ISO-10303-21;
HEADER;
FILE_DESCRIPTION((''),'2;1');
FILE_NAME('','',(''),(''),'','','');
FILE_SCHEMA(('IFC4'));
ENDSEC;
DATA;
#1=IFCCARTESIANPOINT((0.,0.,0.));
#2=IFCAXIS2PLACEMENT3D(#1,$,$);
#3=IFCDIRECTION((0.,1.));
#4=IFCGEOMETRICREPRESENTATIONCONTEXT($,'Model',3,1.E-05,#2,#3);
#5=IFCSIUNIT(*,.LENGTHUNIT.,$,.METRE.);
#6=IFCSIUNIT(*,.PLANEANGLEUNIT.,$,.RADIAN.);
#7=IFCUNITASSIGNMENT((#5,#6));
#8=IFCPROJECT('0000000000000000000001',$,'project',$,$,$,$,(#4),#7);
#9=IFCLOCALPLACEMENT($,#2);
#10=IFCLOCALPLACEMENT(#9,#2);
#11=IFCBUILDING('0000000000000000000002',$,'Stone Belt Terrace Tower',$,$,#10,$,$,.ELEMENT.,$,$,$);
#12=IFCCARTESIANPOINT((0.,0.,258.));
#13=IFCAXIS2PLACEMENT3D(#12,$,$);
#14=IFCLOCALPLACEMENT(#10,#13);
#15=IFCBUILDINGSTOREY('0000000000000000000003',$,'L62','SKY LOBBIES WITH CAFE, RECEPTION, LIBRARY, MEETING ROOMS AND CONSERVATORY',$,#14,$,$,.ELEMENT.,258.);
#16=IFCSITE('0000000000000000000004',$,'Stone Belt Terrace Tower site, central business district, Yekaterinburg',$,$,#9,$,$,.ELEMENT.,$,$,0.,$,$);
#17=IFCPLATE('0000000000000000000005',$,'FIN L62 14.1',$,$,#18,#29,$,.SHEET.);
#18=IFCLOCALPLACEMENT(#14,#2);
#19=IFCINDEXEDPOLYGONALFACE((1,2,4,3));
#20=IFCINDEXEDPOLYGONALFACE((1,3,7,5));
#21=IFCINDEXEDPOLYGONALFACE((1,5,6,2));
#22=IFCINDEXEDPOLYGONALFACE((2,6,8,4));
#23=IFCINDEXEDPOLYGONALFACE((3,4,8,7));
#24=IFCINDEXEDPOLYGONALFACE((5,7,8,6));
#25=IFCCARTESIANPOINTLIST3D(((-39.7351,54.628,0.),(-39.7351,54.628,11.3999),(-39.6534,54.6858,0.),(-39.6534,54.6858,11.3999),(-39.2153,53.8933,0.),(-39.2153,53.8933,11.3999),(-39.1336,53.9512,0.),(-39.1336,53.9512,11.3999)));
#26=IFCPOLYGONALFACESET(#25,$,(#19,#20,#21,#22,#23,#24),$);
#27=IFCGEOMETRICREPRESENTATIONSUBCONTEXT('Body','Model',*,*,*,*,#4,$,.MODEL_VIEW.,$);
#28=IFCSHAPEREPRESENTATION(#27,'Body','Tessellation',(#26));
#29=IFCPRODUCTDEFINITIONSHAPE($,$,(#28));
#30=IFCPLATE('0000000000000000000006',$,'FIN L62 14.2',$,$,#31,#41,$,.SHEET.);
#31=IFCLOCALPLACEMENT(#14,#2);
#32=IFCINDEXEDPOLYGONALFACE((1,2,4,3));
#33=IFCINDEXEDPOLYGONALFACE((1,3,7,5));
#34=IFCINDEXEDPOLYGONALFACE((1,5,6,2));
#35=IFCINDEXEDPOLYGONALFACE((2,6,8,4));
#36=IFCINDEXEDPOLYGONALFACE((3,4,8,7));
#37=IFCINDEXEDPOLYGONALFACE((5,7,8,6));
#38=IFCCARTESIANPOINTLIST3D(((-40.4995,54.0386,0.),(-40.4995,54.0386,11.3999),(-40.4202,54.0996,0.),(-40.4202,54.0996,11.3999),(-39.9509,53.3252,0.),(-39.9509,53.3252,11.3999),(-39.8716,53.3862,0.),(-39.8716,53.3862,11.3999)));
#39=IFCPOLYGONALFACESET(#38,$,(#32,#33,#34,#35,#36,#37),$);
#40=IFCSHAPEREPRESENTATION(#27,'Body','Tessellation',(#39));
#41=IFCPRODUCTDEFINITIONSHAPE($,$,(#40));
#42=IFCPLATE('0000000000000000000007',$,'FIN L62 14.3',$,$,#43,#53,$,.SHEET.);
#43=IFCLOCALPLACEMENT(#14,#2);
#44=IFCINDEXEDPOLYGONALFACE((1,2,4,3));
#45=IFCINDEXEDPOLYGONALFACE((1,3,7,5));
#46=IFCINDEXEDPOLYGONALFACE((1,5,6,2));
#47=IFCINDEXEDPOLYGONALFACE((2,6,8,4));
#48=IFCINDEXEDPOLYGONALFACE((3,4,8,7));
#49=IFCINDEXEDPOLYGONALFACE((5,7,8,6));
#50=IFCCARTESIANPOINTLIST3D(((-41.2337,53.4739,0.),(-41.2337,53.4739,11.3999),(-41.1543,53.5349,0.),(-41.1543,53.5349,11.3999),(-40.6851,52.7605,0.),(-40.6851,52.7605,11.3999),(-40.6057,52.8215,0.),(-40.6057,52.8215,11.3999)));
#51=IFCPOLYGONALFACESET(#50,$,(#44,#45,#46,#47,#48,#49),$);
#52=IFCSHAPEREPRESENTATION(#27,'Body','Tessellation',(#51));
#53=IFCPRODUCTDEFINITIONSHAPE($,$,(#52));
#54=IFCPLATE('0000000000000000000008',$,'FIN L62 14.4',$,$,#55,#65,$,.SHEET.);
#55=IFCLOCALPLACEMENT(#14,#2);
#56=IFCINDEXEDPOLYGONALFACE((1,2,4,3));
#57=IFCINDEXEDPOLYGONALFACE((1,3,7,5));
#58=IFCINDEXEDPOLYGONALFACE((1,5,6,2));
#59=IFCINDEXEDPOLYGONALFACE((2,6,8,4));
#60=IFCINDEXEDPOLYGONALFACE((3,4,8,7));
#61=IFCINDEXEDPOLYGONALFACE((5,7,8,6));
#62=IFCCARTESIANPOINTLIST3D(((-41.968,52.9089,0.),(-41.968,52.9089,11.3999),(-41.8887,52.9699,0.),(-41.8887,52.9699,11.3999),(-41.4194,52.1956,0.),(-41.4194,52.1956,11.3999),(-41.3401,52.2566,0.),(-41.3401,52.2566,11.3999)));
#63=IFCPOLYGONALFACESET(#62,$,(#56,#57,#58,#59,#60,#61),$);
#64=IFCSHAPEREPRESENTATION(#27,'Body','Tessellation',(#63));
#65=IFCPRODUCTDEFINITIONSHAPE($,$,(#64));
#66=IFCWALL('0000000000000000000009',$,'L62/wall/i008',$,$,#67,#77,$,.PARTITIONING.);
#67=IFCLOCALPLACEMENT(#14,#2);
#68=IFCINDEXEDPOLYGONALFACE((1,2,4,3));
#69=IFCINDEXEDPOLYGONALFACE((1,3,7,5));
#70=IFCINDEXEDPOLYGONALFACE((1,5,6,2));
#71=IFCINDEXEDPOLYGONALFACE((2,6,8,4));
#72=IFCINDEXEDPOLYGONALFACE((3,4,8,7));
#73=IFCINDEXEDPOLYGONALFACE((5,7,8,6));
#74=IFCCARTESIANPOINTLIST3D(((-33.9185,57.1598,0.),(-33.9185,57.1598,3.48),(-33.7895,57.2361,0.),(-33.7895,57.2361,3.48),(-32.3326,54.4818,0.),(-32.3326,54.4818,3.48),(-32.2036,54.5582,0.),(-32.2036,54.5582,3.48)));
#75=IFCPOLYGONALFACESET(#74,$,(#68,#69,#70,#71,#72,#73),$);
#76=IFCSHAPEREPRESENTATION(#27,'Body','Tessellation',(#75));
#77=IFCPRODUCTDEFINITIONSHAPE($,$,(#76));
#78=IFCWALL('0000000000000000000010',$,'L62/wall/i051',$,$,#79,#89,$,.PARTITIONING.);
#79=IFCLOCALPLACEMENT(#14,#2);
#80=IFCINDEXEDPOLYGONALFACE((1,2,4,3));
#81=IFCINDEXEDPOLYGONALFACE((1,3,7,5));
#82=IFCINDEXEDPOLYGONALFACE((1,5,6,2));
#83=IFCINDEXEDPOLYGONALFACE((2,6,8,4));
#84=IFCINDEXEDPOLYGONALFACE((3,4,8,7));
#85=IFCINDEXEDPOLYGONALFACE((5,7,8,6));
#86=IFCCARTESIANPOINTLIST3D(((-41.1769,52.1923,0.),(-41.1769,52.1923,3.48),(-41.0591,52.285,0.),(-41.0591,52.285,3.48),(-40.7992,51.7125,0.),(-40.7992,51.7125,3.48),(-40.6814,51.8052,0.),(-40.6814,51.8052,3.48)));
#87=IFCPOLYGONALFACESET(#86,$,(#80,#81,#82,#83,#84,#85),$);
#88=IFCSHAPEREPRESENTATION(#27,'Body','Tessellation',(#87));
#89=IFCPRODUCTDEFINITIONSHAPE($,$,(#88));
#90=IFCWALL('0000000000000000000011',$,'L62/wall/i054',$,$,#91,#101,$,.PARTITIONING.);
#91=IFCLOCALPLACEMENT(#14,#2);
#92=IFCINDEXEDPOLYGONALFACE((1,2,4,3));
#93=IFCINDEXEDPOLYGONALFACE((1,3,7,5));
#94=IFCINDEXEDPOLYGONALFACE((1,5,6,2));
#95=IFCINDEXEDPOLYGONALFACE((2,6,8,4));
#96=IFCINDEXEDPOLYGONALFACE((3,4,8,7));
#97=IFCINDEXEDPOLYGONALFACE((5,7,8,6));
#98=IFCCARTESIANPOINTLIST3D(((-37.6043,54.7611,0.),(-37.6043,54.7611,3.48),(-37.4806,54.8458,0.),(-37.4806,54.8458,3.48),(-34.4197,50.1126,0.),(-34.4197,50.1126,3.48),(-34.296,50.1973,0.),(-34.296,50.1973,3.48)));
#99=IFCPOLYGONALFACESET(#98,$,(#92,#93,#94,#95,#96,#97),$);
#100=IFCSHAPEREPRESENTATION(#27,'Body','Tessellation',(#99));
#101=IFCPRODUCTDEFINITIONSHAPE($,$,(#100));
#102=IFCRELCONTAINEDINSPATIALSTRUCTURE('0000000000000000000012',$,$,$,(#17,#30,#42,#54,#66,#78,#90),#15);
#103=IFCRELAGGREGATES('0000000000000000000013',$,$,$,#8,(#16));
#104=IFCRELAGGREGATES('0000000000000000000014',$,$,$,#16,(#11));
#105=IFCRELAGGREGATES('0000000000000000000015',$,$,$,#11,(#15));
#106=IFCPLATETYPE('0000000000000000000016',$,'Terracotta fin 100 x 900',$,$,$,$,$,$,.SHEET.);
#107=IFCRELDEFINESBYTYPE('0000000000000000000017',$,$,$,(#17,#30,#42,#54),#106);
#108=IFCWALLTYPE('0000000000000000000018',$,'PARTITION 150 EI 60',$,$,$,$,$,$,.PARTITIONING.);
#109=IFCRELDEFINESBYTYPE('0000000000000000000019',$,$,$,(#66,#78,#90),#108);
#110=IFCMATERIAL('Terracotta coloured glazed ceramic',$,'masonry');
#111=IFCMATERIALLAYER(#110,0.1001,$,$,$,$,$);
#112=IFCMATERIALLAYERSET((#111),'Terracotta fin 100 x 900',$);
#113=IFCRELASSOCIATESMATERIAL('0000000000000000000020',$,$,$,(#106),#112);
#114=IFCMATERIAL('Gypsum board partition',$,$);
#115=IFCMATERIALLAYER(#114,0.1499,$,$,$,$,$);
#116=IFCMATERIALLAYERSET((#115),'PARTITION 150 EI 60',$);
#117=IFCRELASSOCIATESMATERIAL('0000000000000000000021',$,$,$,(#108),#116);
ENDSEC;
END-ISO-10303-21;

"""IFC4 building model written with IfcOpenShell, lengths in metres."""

from ifc_helpers import new_model, si_unit, direction, frame, frame_2d, origin, origin_2d, place, context, subcontext, project, spatial, rectangle, extrude, material, layer, layer_set, type_object, element, save


model = new_model("IFC4")

# Units and contexts
model_context = context("Model", 3, precision=1e-05, world=origin(), true_north=direction((0.0, 1.0)))
body_context = subcontext(model_context, "Body", "Model", "MODEL_VIEW")
ifc_project = project(units=[si_unit("LENGTHUNIT", "METRE"), si_unit("PLANEANGLEUNIT", "RADIAN")], contexts=[model_context])

# Site, building, storey
site_placement = place(None, origin())
site = spatial("IfcSite", under=ifc_project, at=site_placement, Name="Stone Belt Terrace Tower site, central business district, Yekaterinburg", CompositionType="ELEMENT", RefElevation=0.0)
building_placement = place(site_placement, origin())
building = spatial("IfcBuilding", under=site, at=building_placement, Name="Stone Belt Terrace Tower", CompositionType="ELEMENT")
storey_placement = place(building_placement, frame((0.0, 0.0, 258.0)))
storey = spatial("IfcBuildingStorey", under=building, at=storey_placement, Name="L62", Description="SKY LOBBIES WITH CAFE, RECEPTION, LIBRARY, MEETING ROOMS AND CONSERVATORY", CompositionType="ELEMENT", Elevation=258.0)

# Plates
ifc_material_1 = material(Name="Terracotta coloured glazed ceramic", Category="masonry")
ifc_layer_1 = layer(ifc_material_1, 0.1001)
ifc_layer_set_1 = layer_set([ifc_layer_1], Name="Terracotta fin 100 x 900")
plate_type_1 = type_object("IfcPlateType", Name="Terracotta fin 100 x 900", PredefinedType="SHEET", material=ifc_layer_set_1)
for number, where, z_axis, x_axis, name in (
    (1, (-39.4343, 54.2896, 0.0), (0.0, 0.0, 1.0), (-0.577587, 0.816329, 0.0), "FIN L62 14.1"),
    (2, (-40.1855, 53.7124, 0.0), (0.0, 0.0, 1.0), (-0.60962, 0.792694, 0.0), "FIN L62 14.2"),
    (3, (-40.9197, 53.1477, 0.0), (0.0, 0.0, 1.0), (-0.60962, 0.792694, 0.0), "FIN L62 14.3"),
    (4, (-41.6541, 52.5828, 0.0), (0.0, 0.0, 1.0), (-0.60962, 0.792694, 0.0), "FIN L62 14.4"),
):
    element("IfcPlate", number, at=place(storey_placement, frame(where, z_axis=z_axis, x_axis=x_axis)), inside=storey, type_object=plate_type_1, Name=name, PredefinedType="SHEET", context=body_context, shape_type="SweptSolid", body=[
        extrude(rectangle(XDim=0.8999, YDim=0.1001, at=origin_2d()), origin(), (0.0, 0.0, 1.0), 11.3999),
    ])

# Walls
ifc_material_2 = material(Name="Gypsum board partition")
ifc_layer_2 = layer(ifc_material_2, 0.1499)
ifc_layer_set_2 = layer_set([ifc_layer_2], Name="PARTITION 150 EI 60")
wall_type = type_object("IfcWallType", Name="PARTITION 150 EI 60", PredefinedType="PARTITIONING", material=ifc_layer_set_2)
wall_1_placement = place(storey_placement, frame((-32.2681, 54.52, 0.0), z_axis=(0.0, 0.0, 1.0), x_axis=(-0.509562, 0.860434, 0.0)))
element("IfcWall", 5, at=wall_1_placement, inside=storey, type_object=wall_type, Name="L62/wall/i008", PredefinedType="PARTITIONING", context=body_context, shape_type="SweptSolid", body=[
    extrude(rectangle(XDim=3.1123, YDim=0.1499, at=frame_2d((1.5562, 0.0))), origin(), (0.0, 0.0, 1.0), 3.48),
])
wall_2_placement = place(storey_placement, frame((-41.1179, 52.2385, 0.0), z_axis=(0.0, 0.0, 1.0), x_axis=(0.618581, -0.785721, 0.0)))
element("IfcWall", 6, at=wall_2_placement, inside=storey, type_object=wall_type, Name="L62/wall/i051", PredefinedType="PARTITIONING", context=body_context, shape_type="SweptSolid", body=[
    extrude(rectangle(XDim=0.6106, YDim=0.1499, at=frame_2d((0.3052, 0.0))), origin(), (0.0, 0.0, 1.0), 3.48),
])
wall_3_placement = place(storey_placement, frame((-37.5425, 54.8035, 0.0), z_axis=(0.0, 0.0, 1.0), x_axis=(0.565175, -0.824971, 0.0)))
element("IfcWall", 7, at=wall_3_placement, inside=storey, type_object=wall_type, Name="L62/wall/i054", PredefinedType="PARTITIONING", context=body_context, shape_type="SweptSolid", body=[
    extrude(rectangle(XDim=5.6348, YDim=0.1499, at=frame_2d((2.8174, 0.0))), origin(), (0.0, 0.0, 1.0), 3.48),
])

save(model, "model.ifc")
